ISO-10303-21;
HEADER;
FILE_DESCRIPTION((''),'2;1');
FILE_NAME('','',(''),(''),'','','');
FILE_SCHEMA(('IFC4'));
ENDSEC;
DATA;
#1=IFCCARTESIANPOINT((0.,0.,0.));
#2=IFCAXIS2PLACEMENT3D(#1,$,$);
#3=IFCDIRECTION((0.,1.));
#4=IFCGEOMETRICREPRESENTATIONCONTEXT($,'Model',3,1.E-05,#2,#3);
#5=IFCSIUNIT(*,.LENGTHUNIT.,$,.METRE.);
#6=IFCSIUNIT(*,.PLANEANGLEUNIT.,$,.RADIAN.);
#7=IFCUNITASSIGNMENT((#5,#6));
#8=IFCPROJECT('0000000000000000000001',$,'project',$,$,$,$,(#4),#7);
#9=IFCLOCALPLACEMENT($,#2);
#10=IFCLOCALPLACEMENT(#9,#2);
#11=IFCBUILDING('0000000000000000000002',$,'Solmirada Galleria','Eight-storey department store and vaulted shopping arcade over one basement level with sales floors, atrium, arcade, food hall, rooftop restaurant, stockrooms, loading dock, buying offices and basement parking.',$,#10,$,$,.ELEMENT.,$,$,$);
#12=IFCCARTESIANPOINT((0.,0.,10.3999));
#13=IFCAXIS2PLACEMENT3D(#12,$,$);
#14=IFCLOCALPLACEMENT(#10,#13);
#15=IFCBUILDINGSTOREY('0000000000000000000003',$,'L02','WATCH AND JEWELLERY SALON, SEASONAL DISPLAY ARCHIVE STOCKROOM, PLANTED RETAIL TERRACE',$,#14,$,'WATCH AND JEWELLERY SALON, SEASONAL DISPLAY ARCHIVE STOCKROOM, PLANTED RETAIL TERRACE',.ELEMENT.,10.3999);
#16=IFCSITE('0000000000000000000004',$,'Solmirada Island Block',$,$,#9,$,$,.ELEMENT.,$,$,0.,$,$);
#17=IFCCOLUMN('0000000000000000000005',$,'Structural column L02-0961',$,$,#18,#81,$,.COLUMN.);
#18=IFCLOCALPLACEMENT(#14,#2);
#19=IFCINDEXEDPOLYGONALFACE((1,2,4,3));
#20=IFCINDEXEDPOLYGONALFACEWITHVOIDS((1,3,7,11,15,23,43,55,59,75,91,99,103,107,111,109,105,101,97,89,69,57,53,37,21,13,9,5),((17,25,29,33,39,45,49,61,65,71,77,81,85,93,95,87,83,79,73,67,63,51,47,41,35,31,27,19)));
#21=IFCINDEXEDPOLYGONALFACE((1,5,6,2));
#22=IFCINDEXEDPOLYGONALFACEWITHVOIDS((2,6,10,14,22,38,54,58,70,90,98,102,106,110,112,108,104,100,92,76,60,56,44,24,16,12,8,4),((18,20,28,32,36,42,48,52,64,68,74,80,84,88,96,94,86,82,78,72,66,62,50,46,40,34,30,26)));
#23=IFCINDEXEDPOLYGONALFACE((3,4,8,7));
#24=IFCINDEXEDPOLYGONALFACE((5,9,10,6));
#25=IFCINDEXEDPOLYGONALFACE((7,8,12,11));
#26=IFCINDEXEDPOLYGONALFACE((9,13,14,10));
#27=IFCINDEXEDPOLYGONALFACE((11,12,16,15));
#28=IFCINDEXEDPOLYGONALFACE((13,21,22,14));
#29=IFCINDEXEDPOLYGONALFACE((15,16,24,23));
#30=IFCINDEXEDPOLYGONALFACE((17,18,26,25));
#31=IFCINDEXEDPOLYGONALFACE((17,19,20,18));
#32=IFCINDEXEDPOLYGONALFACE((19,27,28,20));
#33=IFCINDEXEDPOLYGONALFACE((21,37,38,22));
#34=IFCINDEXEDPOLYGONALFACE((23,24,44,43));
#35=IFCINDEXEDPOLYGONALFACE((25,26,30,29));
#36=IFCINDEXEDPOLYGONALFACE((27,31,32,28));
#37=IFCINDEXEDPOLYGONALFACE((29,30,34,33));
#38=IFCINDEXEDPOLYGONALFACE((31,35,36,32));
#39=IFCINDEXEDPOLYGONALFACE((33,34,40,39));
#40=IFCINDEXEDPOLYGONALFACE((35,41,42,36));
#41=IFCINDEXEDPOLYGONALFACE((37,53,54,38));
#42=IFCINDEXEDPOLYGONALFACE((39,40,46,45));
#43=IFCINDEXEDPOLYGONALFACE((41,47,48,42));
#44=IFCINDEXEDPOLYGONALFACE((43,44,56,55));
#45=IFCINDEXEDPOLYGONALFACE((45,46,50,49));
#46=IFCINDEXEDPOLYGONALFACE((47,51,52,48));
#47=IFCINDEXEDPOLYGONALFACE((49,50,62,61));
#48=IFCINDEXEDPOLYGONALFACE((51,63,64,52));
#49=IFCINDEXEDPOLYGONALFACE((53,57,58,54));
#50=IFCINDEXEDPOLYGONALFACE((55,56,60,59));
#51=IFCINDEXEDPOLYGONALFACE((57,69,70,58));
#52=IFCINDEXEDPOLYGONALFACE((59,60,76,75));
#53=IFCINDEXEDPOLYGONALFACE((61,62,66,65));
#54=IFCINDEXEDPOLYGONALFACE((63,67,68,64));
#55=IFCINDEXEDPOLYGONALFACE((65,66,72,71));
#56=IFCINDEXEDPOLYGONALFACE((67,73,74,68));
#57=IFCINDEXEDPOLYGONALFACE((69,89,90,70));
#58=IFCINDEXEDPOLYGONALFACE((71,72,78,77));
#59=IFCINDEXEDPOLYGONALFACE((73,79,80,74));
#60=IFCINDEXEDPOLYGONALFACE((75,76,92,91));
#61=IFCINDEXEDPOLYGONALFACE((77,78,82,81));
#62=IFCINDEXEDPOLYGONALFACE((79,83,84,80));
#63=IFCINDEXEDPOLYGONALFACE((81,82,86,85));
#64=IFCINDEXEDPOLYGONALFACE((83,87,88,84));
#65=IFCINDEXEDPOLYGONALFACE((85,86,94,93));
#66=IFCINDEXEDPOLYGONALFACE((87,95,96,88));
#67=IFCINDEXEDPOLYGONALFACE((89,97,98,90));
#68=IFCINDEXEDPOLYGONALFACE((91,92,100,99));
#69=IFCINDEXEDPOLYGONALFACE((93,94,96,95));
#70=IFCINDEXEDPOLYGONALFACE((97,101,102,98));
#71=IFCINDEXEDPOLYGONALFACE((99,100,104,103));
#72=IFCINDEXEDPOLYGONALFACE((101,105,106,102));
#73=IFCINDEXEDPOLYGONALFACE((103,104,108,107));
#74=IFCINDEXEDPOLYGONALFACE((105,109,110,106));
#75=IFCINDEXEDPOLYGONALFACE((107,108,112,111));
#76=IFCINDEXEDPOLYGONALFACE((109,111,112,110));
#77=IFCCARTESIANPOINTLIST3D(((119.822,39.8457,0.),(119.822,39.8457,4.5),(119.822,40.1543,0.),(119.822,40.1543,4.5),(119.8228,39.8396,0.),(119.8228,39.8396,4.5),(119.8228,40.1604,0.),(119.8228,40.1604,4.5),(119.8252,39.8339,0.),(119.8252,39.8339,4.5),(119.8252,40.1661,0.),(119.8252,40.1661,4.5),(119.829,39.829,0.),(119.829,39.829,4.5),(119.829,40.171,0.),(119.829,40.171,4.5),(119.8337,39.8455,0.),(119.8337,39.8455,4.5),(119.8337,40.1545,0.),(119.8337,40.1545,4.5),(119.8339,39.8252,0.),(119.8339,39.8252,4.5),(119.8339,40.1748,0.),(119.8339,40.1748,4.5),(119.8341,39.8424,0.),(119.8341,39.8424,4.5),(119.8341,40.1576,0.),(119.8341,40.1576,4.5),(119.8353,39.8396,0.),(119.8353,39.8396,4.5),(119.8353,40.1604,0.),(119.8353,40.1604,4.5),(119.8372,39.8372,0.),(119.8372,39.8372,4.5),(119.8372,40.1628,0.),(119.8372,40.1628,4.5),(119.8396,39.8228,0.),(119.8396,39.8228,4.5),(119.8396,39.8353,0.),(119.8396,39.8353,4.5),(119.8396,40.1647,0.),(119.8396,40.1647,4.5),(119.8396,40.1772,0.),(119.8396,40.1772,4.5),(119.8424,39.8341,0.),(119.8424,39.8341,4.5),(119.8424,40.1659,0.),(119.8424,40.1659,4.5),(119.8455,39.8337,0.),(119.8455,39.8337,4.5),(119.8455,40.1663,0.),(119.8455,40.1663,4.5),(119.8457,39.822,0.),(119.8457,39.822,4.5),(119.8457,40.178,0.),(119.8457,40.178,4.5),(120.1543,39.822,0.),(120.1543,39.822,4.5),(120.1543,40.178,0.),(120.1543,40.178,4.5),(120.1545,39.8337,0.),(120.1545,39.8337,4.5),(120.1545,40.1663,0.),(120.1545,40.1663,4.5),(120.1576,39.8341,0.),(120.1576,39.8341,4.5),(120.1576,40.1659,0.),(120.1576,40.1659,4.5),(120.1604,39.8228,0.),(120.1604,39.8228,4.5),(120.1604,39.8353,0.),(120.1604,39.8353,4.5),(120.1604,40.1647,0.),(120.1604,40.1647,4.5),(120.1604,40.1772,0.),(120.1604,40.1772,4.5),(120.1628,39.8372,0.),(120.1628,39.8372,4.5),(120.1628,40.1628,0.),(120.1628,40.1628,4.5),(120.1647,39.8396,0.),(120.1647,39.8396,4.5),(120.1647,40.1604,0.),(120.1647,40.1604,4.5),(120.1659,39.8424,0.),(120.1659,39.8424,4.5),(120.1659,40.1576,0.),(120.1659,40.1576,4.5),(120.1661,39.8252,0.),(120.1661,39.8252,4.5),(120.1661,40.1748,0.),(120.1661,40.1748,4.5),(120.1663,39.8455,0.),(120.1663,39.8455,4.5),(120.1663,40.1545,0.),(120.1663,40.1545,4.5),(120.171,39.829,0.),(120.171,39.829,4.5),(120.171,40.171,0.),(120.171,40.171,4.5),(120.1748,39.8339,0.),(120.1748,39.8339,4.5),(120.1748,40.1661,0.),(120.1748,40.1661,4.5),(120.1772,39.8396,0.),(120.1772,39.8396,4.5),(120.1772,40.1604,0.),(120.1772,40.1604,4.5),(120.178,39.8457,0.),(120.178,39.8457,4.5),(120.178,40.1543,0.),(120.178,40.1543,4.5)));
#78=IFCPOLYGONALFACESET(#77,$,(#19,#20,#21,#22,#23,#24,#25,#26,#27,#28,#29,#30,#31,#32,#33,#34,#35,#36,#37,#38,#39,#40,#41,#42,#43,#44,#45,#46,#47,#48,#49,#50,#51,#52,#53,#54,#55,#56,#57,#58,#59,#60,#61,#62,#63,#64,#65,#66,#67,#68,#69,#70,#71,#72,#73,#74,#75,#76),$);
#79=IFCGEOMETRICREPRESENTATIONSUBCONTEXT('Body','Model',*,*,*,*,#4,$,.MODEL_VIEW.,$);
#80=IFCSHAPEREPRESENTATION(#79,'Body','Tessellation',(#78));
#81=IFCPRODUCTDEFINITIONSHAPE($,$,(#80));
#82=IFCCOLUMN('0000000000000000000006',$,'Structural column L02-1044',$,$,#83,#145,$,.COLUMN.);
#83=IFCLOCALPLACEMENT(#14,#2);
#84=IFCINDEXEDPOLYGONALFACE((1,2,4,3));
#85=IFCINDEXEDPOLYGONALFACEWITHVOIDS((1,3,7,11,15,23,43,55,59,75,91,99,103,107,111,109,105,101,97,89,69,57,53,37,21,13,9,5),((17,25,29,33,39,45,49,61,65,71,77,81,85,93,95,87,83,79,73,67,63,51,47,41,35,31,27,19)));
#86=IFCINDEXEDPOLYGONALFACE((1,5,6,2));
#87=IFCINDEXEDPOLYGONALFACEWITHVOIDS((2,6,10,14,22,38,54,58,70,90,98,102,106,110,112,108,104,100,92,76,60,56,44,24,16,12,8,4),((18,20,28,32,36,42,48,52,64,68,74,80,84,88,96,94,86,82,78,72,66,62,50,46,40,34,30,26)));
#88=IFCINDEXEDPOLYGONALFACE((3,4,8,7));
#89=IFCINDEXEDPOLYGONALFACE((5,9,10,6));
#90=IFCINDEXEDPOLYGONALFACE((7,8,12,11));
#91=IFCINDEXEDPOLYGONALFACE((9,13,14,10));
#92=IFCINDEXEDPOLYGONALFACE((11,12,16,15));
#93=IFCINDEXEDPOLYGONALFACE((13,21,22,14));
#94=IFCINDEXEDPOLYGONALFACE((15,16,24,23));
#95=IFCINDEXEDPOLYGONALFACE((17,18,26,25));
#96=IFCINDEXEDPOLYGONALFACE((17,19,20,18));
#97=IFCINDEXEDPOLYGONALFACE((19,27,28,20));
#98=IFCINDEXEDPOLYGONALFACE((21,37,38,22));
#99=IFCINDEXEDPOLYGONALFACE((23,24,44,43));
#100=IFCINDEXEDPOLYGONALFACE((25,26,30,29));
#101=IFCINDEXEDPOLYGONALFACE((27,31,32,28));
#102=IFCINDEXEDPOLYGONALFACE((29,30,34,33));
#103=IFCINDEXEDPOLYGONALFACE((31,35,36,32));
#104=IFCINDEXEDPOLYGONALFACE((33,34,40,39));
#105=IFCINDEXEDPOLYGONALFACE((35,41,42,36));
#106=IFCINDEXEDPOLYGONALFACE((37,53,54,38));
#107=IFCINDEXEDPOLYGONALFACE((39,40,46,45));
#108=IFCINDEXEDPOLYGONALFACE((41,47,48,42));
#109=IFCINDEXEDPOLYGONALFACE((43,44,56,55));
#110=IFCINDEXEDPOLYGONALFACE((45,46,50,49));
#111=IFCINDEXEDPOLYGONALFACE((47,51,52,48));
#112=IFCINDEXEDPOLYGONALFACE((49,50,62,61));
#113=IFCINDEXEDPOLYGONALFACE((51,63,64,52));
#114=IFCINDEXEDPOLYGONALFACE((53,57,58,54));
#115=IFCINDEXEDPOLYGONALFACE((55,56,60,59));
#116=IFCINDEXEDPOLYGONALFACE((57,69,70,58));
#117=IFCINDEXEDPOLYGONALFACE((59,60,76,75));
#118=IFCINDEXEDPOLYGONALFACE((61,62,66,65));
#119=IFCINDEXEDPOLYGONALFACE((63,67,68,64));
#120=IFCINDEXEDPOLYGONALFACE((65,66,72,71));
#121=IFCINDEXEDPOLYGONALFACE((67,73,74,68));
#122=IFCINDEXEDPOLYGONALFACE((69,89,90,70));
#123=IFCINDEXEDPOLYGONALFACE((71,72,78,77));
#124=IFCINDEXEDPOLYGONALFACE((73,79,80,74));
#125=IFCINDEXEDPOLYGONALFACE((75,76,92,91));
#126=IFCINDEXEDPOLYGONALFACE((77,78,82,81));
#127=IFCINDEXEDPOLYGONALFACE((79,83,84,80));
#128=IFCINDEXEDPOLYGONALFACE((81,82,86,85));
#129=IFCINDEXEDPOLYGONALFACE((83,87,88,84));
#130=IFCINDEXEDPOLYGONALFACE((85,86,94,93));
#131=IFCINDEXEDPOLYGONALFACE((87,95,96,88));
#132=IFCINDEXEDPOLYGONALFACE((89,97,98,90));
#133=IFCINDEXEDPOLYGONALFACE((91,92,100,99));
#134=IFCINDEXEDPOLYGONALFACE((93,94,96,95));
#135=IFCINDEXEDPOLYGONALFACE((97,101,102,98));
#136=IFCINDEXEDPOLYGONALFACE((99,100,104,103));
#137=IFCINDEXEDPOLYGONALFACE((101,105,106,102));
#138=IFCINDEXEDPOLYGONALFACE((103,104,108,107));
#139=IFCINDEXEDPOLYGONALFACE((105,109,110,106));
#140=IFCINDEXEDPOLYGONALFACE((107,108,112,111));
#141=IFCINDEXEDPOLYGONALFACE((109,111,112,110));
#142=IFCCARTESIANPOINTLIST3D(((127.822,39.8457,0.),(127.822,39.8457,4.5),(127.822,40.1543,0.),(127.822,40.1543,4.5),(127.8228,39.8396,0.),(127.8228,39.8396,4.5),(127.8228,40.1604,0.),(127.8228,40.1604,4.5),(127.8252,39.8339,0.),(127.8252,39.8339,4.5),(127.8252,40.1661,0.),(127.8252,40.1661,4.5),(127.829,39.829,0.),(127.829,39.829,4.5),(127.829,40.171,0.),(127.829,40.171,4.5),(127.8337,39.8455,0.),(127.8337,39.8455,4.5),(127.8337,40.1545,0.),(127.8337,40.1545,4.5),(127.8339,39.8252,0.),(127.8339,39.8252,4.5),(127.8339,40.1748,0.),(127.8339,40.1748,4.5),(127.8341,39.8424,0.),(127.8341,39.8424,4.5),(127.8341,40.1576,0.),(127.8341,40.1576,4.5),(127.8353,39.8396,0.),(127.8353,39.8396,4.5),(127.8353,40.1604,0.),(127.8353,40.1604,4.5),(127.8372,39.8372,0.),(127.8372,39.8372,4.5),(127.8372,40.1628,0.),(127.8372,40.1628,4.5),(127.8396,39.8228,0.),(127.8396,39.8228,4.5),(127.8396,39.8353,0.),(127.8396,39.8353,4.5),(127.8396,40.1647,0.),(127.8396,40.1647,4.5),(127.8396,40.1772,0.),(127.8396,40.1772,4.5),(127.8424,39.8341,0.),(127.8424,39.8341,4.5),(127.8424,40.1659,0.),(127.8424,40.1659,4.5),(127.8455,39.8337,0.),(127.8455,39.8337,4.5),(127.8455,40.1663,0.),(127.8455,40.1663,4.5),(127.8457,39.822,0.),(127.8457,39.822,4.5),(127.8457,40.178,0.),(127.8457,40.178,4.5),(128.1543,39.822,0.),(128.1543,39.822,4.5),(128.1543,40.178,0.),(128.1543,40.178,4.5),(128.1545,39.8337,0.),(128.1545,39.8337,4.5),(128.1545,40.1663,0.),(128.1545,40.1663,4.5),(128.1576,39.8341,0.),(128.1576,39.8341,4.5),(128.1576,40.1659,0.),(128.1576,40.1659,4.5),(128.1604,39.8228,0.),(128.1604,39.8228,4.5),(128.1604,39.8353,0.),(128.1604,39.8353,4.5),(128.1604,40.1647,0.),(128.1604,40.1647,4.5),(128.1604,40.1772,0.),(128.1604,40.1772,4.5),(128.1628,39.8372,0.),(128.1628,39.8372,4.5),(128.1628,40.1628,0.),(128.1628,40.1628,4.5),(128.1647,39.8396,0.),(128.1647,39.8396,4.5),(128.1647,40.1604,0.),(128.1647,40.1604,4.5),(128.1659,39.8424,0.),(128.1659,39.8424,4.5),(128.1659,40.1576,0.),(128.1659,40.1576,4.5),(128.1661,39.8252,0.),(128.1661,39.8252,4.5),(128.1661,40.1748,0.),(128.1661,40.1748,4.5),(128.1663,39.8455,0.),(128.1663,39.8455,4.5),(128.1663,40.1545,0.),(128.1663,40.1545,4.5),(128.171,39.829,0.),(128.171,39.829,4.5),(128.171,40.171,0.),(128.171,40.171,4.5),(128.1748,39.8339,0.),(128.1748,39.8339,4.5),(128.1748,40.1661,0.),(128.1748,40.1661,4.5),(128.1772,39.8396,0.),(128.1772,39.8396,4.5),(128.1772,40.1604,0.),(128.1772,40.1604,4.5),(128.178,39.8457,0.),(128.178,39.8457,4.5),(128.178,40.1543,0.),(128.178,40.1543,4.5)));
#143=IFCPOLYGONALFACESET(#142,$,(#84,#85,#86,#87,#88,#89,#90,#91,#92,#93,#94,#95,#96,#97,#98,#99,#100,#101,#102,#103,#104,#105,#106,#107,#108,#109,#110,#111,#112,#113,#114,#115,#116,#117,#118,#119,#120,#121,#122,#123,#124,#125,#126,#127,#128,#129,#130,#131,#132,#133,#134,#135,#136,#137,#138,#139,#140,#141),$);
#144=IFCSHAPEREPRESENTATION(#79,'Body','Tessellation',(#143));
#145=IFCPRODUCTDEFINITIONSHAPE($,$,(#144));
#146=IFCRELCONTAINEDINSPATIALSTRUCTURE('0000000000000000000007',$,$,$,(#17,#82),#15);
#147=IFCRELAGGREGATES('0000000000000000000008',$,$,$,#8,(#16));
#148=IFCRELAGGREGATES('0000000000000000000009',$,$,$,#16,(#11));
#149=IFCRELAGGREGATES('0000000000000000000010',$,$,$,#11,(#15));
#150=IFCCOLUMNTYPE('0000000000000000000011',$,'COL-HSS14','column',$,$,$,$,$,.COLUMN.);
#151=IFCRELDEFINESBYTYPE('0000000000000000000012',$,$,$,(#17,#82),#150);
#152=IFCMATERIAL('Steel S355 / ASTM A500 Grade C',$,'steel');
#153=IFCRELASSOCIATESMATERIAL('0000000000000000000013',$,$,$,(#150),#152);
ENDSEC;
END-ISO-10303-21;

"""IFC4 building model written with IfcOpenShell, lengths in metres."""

from ifc_helpers import new_model, si_unit, direction, frame, origin, origin_2d, place, context, subcontext, project, spatial, hollow_rectangle, extrude, material, material_profile, profile_set, type_object, element, save


model = new_model("IFC4")

# Units and contexts
model_context = context("Model", 3, precision=1e-05, world=origin(), true_north=direction((0.0, 1.0)))
body_context = subcontext(model_context, "Body", "Model", "MODEL_VIEW")
ifc_project = project(units=[si_unit("LENGTHUNIT", "METRE"), si_unit("PLANEANGLEUNIT", "RADIAN")], contexts=[model_context])

# Site, building, storey
site_placement = place(None, origin())
site = spatial("IfcSite", under=ifc_project, at=site_placement, Name="Solmirada Island Block", CompositionType="ELEMENT", RefElevation=0.0)
building_placement = place(site_placement, origin())
building = spatial("IfcBuilding", under=site, at=building_placement, Name="Solmirada Galleria", Description="Eight-storey department store and vaulted shopping arcade over one basement level with sales floors, atrium, arcade, food hall, rooftop restaurant, stockrooms, loading dock, buying offices and basement parking.", CompositionType="ELEMENT")
storey_placement = place(building_placement, frame((0.0, 0.0, 10.3999)))
storey = spatial("IfcBuildingStorey", under=building, at=storey_placement, Name="L02", Description="WATCH AND JEWELLERY SALON, SEASONAL DISPLAY ARCHIVE STOCKROOM, PLANTED RETAIL TERRACE", LongName="WATCH AND JEWELLERY SALON, SEASONAL DISPLAY ARCHIVE STOCKROOM, PLANTED RETAIL TERRACE", CompositionType="ELEMENT", Elevation=10.3999)

# Columns
ifc_material_1 = material(Name="Steel S355 / ASTM A500 Grade C", Category="steel")
ifc_material_profile_1 = material_profile(ifc_material_1, hollow_rectangle(XDim=0.356, YDim=0.356, WallThickness=0.0117, InnerFilletRadius=0.0117, OuterFilletRadius=0.0237, at=origin_2d()), Name="HSS14X14X1/2")
ifc_profile_set_1 = profile_set([ifc_material_profile_1], Name="Steel S355 / ASTM A500 Grade C")
column_type = type_object("IfcColumnType", Name="COL-HSS14", Description="column", PredefinedType="COLUMN", material=ifc_profile_set_1)
for number, where, z_axis, x_axis, name in (
    (1, (120.0, 40.0, 0.0), (0.0, 0.0, 1.0), (1.0, 0.0, 0.0), "Structural column L02-0961"),
    (2, (128.0, 40.0, 0.0), (0.0, 0.0, 1.0), (1.0, 0.0, 0.0), "Structural column L02-1044"),
):
    element("IfcColumn", number, at=place(storey_placement, frame(where, z_axis=z_axis, x_axis=x_axis)), inside=storey, type_object=column_type, Name=name, PredefinedType="COLUMN", context=body_context, shape_type="SweptSolid", body=[
        extrude(hollow_rectangle(XDim=0.356, YDim=0.356, WallThickness=0.0117, InnerFilletRadius=0.0117, OuterFilletRadius=0.0237, at=origin_2d()), origin(), (0.0, 0.0, 1.0), 4.5),
    ])

save(model, "model.ifc")
